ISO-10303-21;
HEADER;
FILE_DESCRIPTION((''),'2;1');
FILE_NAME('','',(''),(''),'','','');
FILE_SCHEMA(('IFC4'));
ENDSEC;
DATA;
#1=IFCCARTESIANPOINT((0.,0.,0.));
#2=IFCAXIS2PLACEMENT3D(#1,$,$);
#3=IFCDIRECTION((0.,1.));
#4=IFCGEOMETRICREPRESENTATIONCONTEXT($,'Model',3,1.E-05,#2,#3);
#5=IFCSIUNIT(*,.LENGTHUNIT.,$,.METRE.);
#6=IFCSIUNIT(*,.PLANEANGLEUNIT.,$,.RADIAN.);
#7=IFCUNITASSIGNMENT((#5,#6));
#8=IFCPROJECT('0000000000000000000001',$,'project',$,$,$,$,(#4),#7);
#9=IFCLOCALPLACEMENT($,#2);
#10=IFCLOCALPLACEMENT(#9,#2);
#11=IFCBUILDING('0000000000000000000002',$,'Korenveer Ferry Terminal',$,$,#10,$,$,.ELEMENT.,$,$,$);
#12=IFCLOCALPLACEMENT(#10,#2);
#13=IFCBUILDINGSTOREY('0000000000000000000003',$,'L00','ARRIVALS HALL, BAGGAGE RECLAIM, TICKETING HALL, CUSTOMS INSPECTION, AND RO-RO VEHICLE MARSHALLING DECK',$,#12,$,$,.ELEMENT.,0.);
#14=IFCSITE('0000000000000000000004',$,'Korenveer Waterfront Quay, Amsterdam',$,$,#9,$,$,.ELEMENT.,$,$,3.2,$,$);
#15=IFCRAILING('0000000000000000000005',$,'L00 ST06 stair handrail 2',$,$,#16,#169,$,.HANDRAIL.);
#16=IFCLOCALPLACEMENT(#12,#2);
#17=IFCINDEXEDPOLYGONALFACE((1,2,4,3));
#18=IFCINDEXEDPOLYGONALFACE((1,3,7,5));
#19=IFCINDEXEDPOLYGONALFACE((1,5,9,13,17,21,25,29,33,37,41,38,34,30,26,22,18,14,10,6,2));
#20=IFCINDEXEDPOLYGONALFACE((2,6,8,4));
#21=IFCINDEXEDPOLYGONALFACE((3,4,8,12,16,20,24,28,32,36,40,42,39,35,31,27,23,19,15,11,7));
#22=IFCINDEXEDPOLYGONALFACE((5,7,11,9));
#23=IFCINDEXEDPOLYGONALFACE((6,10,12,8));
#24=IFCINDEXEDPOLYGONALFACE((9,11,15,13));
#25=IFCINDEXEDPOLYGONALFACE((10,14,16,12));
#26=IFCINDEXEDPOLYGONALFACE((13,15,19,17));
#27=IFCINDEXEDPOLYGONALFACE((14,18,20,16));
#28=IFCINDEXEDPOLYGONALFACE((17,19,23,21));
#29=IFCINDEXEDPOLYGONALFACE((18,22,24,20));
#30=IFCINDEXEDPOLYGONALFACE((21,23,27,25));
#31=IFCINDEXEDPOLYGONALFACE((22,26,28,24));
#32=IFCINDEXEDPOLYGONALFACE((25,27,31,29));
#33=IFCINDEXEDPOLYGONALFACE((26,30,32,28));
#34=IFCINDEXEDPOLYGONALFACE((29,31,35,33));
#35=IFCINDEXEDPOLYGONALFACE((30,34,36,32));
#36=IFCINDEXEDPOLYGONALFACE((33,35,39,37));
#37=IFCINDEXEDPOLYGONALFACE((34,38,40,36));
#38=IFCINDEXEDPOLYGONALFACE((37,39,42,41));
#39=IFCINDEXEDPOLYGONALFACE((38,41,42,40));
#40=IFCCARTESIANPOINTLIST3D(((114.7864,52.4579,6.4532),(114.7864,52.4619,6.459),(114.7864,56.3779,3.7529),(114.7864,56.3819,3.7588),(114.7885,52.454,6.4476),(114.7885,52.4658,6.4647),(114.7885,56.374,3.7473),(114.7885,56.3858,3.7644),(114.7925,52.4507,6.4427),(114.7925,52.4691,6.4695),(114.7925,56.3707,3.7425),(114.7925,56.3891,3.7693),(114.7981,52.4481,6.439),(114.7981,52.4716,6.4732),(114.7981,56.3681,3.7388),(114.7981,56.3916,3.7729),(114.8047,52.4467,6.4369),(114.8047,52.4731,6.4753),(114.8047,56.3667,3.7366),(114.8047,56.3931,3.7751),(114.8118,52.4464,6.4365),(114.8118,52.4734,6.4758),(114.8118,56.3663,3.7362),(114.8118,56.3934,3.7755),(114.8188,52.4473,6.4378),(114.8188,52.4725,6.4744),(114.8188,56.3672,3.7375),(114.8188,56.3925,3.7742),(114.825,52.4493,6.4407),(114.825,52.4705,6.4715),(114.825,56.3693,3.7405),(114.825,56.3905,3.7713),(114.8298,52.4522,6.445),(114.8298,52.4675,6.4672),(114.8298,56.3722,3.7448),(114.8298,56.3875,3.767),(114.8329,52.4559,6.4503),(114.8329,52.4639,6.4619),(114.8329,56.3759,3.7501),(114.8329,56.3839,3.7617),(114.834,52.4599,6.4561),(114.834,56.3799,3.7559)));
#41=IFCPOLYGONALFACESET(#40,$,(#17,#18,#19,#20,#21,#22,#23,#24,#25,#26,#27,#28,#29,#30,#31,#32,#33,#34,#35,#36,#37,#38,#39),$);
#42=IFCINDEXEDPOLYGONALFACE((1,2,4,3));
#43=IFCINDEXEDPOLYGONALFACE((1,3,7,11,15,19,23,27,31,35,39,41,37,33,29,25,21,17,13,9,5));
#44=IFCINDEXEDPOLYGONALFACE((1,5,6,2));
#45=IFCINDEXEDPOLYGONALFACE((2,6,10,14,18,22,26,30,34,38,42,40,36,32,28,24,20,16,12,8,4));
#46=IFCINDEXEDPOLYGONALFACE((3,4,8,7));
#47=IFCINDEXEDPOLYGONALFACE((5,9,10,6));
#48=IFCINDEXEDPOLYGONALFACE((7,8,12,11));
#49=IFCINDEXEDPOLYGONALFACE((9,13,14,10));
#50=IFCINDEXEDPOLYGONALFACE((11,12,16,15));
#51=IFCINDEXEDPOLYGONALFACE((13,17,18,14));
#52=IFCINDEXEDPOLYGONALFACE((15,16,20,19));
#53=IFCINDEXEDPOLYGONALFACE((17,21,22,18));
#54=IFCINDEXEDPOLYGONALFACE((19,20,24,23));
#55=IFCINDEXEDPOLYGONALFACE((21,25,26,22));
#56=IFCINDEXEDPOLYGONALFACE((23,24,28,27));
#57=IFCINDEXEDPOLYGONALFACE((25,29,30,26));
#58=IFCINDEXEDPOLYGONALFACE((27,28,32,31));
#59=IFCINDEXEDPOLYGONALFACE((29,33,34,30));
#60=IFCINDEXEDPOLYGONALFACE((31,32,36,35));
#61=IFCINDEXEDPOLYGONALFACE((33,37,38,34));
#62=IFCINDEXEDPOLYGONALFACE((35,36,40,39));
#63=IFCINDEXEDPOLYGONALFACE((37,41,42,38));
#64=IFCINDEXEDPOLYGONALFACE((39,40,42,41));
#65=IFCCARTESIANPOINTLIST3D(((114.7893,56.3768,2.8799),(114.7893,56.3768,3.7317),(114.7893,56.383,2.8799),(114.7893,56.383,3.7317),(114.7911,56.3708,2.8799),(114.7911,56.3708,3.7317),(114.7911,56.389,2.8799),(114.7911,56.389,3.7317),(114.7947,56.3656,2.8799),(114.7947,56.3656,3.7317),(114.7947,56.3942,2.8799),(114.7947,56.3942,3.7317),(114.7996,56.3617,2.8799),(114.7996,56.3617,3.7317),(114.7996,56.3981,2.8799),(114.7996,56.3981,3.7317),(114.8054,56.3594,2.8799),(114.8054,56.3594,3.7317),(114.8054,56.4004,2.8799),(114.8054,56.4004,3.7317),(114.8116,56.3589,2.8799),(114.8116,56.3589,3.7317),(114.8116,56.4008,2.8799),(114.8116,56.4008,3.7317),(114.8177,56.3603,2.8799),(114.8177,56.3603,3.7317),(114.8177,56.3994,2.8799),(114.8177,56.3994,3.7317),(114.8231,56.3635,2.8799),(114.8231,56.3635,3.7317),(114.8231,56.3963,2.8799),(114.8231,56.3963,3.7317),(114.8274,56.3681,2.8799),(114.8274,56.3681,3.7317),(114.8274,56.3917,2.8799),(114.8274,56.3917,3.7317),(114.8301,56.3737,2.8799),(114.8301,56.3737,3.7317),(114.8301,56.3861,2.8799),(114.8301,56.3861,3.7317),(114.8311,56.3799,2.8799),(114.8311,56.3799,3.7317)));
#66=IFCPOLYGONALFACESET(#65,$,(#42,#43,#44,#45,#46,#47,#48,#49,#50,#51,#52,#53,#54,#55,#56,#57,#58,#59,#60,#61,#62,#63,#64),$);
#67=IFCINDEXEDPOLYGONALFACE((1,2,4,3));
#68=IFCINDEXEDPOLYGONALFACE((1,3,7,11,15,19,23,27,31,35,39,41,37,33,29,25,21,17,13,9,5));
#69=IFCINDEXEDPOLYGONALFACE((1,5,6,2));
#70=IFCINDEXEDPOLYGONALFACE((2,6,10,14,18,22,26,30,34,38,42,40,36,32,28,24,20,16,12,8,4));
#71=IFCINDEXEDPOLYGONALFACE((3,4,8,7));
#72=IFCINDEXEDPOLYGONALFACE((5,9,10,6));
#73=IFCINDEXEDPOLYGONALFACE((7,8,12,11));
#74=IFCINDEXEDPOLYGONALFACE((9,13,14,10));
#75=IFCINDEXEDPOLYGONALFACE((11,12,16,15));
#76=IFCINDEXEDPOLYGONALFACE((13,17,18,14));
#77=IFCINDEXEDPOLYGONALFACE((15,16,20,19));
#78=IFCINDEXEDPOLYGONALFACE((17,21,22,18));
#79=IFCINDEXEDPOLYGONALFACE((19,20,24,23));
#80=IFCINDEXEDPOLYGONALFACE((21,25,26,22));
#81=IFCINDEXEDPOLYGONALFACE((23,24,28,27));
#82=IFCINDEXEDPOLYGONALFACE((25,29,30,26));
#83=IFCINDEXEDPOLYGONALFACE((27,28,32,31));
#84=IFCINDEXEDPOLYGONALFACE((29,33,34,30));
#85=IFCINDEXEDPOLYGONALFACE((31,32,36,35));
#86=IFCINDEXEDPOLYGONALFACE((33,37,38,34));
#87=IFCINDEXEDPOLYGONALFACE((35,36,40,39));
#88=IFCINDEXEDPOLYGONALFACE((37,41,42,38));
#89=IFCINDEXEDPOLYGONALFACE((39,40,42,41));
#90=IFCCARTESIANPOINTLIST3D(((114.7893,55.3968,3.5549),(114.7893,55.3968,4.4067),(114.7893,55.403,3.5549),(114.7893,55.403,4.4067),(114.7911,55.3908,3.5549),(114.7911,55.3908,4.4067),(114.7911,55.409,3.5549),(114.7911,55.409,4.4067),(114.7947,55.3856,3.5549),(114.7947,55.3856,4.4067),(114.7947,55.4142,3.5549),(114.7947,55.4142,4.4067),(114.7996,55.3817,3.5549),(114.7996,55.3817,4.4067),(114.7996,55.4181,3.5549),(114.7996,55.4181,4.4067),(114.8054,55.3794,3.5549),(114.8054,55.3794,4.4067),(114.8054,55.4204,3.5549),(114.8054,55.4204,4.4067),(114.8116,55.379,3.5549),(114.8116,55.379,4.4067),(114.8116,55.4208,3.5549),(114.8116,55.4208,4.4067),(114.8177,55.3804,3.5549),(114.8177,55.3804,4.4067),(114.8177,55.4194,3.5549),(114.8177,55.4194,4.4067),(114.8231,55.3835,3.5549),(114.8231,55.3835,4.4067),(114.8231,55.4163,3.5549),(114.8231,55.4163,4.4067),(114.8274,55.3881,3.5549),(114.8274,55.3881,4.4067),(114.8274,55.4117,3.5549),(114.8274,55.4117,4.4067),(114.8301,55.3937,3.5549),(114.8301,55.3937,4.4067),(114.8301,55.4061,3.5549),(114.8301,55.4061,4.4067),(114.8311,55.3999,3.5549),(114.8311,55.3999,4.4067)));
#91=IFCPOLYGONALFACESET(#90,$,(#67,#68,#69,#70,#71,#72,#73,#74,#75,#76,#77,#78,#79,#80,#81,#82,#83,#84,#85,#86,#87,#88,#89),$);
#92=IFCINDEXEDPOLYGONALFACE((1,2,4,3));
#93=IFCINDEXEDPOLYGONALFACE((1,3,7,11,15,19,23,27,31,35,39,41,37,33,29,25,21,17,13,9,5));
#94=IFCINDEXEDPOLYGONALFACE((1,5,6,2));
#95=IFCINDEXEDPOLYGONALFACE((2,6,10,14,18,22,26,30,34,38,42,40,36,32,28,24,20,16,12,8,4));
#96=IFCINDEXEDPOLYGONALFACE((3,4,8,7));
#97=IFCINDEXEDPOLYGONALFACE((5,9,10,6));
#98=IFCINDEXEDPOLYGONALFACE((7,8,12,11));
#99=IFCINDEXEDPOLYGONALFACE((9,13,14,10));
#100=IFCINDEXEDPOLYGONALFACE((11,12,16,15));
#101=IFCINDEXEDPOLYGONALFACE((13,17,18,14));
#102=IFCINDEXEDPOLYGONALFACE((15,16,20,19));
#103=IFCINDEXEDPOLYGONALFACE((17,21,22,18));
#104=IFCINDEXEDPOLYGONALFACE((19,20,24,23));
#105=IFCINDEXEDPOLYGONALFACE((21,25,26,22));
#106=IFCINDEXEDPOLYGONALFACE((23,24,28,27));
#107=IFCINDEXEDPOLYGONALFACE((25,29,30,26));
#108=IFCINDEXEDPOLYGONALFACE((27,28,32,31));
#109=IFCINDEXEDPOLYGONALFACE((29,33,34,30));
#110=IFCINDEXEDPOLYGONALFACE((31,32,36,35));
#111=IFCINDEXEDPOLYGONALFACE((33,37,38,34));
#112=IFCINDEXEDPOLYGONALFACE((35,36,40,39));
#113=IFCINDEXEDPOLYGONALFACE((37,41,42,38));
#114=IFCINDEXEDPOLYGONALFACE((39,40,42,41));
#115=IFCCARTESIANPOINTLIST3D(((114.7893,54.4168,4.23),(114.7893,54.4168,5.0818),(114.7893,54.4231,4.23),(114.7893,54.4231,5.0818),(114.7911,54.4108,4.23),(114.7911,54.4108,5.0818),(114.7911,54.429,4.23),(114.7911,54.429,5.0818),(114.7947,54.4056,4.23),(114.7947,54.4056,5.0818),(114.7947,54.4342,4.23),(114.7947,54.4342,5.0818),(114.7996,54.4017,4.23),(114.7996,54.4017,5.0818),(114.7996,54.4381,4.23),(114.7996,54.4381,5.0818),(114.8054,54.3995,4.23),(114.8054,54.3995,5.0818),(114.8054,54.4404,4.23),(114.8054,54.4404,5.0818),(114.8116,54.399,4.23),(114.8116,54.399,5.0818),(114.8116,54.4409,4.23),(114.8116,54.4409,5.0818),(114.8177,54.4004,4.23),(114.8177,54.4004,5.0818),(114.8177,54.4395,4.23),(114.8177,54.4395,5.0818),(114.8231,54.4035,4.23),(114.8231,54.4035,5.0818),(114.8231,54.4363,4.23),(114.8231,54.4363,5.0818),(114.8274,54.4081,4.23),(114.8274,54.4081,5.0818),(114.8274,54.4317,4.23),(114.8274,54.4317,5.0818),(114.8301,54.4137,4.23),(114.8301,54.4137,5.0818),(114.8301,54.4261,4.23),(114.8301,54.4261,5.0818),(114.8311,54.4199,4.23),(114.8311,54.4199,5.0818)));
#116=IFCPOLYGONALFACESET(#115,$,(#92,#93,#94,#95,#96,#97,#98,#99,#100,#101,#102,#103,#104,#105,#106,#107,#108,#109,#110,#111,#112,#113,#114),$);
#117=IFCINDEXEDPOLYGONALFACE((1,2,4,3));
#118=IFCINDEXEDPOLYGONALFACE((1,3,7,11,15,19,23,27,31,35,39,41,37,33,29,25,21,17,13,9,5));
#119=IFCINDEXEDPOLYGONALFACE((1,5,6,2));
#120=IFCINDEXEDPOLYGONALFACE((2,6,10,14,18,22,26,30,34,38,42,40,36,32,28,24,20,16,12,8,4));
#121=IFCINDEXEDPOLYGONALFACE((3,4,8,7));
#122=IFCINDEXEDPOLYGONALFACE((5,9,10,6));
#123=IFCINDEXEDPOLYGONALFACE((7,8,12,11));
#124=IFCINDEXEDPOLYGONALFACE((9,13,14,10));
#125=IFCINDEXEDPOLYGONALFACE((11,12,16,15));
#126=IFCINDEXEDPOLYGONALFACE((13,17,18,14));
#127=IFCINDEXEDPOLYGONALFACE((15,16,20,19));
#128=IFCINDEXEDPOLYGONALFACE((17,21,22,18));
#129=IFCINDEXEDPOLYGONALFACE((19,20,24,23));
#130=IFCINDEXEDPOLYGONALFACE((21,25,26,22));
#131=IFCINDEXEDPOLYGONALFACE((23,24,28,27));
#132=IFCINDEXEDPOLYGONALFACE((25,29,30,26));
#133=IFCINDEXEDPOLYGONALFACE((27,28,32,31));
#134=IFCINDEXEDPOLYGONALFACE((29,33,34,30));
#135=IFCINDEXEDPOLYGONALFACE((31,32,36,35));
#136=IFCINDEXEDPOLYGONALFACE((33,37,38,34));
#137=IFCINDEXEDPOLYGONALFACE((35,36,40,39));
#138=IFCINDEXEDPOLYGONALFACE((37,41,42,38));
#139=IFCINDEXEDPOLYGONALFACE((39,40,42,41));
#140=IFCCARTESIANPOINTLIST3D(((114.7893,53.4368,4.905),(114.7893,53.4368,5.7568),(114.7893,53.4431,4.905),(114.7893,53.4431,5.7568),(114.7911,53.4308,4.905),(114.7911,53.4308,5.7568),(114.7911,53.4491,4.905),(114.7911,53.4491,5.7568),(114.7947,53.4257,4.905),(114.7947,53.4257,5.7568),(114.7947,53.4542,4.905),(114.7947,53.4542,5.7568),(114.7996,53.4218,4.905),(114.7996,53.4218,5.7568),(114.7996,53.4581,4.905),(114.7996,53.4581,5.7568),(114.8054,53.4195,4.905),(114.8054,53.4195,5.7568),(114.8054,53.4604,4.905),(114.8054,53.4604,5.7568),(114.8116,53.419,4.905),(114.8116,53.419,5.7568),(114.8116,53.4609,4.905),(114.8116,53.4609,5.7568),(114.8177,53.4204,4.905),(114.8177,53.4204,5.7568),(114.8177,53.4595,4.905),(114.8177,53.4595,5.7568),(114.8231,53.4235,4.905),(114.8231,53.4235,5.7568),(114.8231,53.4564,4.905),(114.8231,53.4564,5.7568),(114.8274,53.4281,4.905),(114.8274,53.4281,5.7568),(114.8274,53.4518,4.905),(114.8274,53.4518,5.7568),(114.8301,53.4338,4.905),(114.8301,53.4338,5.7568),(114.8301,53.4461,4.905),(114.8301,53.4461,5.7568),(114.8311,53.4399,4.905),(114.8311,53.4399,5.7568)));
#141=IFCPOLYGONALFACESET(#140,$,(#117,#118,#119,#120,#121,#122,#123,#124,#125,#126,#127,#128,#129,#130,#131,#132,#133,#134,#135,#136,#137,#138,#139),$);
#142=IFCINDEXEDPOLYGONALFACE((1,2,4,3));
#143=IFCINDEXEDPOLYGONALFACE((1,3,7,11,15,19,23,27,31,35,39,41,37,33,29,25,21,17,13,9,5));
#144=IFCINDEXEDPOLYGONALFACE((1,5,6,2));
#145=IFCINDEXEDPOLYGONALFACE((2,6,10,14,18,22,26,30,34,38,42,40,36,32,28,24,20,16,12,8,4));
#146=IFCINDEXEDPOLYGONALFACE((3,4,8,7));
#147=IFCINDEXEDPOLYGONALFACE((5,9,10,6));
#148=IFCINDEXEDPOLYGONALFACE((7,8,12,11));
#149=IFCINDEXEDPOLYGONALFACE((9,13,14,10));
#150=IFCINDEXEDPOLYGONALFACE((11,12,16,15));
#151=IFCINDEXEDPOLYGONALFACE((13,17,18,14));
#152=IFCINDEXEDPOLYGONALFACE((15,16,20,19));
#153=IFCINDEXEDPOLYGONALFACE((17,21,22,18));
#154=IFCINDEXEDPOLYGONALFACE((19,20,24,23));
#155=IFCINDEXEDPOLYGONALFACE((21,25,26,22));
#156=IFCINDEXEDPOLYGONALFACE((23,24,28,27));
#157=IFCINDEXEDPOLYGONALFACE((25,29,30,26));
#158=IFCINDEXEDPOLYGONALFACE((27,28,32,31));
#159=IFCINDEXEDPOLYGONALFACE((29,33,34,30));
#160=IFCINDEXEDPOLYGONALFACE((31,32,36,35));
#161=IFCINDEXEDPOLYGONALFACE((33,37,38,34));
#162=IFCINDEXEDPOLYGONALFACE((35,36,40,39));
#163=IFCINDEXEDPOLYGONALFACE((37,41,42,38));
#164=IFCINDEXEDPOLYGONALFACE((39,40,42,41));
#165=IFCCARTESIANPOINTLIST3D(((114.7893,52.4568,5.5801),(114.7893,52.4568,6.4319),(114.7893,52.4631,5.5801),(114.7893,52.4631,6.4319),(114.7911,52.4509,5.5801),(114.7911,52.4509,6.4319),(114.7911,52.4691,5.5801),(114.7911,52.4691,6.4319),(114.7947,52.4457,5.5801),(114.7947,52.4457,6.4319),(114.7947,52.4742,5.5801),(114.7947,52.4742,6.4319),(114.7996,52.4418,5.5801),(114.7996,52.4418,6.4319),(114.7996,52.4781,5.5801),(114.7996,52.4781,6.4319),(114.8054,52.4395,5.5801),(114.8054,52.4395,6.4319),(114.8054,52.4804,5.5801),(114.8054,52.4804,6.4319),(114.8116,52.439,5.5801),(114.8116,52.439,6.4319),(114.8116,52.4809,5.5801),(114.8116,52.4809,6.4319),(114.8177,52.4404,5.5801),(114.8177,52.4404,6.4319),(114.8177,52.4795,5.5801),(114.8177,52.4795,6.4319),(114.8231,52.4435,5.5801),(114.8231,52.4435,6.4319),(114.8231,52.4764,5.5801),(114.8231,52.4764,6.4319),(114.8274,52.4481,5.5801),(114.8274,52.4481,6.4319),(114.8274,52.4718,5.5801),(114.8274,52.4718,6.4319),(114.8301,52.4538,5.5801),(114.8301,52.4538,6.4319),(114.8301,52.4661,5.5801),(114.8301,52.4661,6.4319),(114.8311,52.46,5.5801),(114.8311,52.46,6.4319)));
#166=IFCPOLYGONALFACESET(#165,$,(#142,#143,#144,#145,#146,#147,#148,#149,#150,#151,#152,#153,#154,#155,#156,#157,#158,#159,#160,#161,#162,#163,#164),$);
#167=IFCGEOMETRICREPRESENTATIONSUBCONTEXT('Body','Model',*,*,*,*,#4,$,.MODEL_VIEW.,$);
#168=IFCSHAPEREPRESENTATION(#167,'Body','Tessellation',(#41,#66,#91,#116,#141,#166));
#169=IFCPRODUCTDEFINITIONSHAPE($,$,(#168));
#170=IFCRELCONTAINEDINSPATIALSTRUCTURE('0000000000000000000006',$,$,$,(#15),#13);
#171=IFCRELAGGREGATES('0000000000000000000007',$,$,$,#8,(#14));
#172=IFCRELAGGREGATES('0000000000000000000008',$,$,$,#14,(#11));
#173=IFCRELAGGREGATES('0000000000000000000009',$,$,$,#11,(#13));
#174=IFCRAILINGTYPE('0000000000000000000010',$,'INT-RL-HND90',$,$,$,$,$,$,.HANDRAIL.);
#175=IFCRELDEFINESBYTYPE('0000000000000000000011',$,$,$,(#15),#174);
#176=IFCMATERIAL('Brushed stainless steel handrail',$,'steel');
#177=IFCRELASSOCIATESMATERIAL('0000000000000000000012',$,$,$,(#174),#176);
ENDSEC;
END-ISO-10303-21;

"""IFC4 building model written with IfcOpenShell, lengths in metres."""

from ifc_helpers import new_model, si_unit, direction, frame, origin, origin_2d, place, context, subcontext, project, spatial, circle, extrude, material, type_object, element, save


model = new_model("IFC4")

# Units and contexts
model_context = context("Model", 3, precision=1e-05, world=origin(), true_north=direction((0.0, 1.0)))
body_context = subcontext(model_context, "Body", "Model", "MODEL_VIEW")
ifc_project = project(units=[si_unit("LENGTHUNIT", "METRE"), si_unit("PLANEANGLEUNIT", "RADIAN")], contexts=[model_context])

# Site, building, storey
site_placement = place(None, origin())
site = spatial("IfcSite", under=ifc_project, at=site_placement, Name="Korenveer Waterfront Quay, Amsterdam", CompositionType="ELEMENT", RefElevation=3.2)
building_placement = place(site_placement, origin())
building = spatial("IfcBuilding", under=site, at=building_placement, Name="Korenveer Ferry Terminal", CompositionType="ELEMENT")
storey_placement = place(building_placement, origin())
storey = spatial("IfcBuildingStorey", under=building, at=storey_placement, Name="L00", Description="ARRIVALS HALL, BAGGAGE RECLAIM, TICKETING HALL, CUSTOMS INSPECTION, AND RO-RO VEHICLE MARSHALLING DECK", CompositionType="ELEMENT", Elevation=0.0)

# Railing
ifc_material_1 = material(Name="Brushed stainless steel handrail", Category="steel")
railing_type = type_object("IfcRailingType", Name="INT-RL-HND90", PredefinedType="HANDRAIL", material=ifc_material_1)
railing_placement = place(storey_placement, frame((114.8101, 56.3799, 2.8799)))
element("IfcRailing", 1, at=railing_placement, inside=storey, type_object=railing_type, Name="L00 ST06 stair handrail 2", PredefinedType="HANDRAIL", context=body_context, shape_type="SweptSolid", body=[
    extrude(circle(Radius=0.0239, at=origin_2d()), frame((0.0, 0.0, 0.876), z_axis=(0.0, -0.823527, 0.567277), x_axis=(1.0, 0.0, 0.0)), (0.0, 0.0, 1.0), 4.76),
    extrude(circle(Radius=0.021, at=origin_2d()), origin(), (0.0, 0.0, 1.0), 0.8518),
    extrude(circle(Radius=0.021, at=origin_2d()), frame((0.0, -0.98, 0.675)), (0.0, 0.0, 1.0), 0.8518),
    extrude(circle(Radius=0.021, at=origin_2d()), frame((0.0, -1.96, 1.3501)), (0.0, 0.0, 1.0), 0.8518),
    extrude(circle(Radius=0.021, at=origin_2d()), frame((0.0, -2.9399, 2.0251)), (0.0, 0.0, 1.0), 0.8518),
    extrude(circle(Radius=0.021, at=origin_2d()), frame((0.0, -3.9199, 2.7002)), (0.0, 0.0, 1.0), 0.8518),
])

save(model, "model.ifc")
